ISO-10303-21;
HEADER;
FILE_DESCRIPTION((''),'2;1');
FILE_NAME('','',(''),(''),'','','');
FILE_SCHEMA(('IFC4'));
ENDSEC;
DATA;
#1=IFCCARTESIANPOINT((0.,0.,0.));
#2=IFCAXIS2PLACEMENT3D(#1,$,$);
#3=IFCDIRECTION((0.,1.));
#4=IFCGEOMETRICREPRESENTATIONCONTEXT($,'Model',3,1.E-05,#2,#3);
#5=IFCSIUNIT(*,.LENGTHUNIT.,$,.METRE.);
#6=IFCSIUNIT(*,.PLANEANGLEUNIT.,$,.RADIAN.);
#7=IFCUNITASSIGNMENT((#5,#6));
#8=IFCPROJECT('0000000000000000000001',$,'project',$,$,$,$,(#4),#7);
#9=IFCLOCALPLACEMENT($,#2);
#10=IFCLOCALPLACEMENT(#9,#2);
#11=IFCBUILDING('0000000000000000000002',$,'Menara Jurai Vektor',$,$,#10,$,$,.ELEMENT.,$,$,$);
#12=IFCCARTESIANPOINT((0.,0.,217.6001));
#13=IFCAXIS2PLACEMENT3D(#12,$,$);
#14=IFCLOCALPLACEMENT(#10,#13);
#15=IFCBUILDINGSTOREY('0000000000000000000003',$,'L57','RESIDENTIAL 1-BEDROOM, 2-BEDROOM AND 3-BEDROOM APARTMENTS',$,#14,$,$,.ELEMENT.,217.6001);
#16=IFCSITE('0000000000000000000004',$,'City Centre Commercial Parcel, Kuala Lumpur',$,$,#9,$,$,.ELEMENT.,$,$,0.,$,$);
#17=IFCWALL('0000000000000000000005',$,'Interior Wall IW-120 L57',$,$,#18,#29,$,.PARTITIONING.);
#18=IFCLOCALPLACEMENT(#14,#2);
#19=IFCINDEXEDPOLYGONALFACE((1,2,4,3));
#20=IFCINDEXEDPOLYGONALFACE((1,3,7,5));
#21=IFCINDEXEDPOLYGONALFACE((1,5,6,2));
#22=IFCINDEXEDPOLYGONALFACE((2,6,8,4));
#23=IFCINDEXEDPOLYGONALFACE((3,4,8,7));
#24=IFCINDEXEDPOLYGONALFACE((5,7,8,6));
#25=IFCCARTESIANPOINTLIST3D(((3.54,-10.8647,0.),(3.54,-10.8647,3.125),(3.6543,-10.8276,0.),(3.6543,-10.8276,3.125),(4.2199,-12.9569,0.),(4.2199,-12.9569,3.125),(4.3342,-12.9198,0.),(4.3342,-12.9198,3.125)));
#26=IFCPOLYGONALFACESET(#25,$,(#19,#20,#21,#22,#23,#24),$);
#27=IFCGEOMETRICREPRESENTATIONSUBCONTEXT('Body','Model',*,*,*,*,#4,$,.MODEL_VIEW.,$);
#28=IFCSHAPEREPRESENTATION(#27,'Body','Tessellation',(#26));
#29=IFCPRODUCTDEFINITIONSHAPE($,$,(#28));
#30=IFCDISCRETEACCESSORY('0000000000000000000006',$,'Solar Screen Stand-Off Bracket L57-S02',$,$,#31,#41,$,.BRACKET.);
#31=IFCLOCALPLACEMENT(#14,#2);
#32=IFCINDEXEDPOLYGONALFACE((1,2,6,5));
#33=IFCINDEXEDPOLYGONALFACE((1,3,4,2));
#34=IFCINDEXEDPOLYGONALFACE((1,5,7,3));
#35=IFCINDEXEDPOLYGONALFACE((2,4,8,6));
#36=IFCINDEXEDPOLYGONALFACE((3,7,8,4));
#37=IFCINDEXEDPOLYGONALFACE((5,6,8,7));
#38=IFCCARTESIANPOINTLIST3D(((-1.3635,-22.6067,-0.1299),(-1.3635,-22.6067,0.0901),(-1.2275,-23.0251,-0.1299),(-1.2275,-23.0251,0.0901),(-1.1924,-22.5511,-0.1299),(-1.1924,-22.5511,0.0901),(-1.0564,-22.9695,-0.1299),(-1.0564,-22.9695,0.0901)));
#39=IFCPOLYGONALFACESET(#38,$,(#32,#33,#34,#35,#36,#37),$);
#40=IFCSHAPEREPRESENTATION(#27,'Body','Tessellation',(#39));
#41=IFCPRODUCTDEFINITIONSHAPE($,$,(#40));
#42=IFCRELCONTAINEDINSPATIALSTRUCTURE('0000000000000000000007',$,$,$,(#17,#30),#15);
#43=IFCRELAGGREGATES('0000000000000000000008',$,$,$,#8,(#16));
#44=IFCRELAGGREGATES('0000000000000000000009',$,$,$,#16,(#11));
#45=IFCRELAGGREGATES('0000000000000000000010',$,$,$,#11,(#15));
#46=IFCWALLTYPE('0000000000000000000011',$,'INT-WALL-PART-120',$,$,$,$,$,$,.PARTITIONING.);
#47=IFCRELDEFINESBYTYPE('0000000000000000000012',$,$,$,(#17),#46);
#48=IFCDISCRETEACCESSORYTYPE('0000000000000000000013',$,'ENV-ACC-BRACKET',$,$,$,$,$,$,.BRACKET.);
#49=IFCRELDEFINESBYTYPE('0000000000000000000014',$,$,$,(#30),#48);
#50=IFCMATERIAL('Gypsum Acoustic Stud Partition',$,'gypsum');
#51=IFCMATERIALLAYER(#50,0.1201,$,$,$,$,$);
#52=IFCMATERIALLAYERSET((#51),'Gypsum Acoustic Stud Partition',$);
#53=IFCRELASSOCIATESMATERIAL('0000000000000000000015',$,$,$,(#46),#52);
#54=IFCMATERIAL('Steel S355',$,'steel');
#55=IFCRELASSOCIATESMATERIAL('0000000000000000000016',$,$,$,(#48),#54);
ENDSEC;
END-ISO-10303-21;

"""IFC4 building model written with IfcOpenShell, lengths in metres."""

from ifc_helpers import new_model, si_unit, direction, frame, frame_2d, origin, origin_2d, place, context, subcontext, project, spatial, rectangle, extrude, material, layer, layer_set, type_object, element, save


model = new_model("IFC4")

# Units and contexts
model_context = context("Model", 3, precision=1e-05, world=origin(), true_north=direction((0.0, 1.0)))
body_context = subcontext(model_context, "Body", "Model", "MODEL_VIEW")
ifc_project = project(units=[si_unit("LENGTHUNIT", "METRE"), si_unit("PLANEANGLEUNIT", "RADIAN")], contexts=[model_context])

# Site, building, storey
site_placement = place(None, origin())
site = spatial("IfcSite", under=ifc_project, at=site_placement, Name="City Centre Commercial Parcel, Kuala Lumpur", CompositionType="ELEMENT", RefElevation=0.0)
building_placement = place(site_placement, origin())
building = spatial("IfcBuilding", under=site, at=building_placement, Name="Menara Jurai Vektor", CompositionType="ELEMENT")
storey_placement = place(building_placement, frame((0.0, 0.0, 217.6001)))
storey = spatial("IfcBuildingStorey", under=building, at=storey_placement, Name="L57", Description="RESIDENTIAL 1-BEDROOM, 2-BEDROOM AND 3-BEDROOM APARTMENTS", CompositionType="ELEMENT", Elevation=217.6001)

# Shared definitions
ifc_material_1 = material(Name="Steel S355", Category="steel")

# Wall
ifc_material_2 = material(Name="Gypsum Acoustic Stud Partition", Category="gypsum")
ifc_layer_1 = layer(ifc_material_2, 0.1201)
ifc_layer_set_1 = layer_set([ifc_layer_1], Name="Gypsum Acoustic Stud Partition")
wall_type_1 = type_object("IfcWallType", Name="INT-WALL-PART-120", PredefinedType="PARTITIONING", material=ifc_layer_set_1)
for number, where, z_axis, x_axis, name in (
    (1, (4.2771, -12.9385, 0.0), (0.0, 0.0, 1.0), (-0.309061, 0.951042, 0.0), "Interior Wall IW-120 L57"),
):
    element("IfcWall", number, at=place(storey_placement, frame(where, z_axis=z_axis, x_axis=x_axis)), inside=storey, type_object=wall_type_1, Name=name, PredefinedType="PARTITIONING", context=body_context, shape_type="SweptSolid", body=[
        extrude(rectangle(XDim=2.2, YDim=0.1201, at=frame_2d((1.1001, 0.0))), origin(), (0.0, 0.0, 1.0), 3.125),
    ])

# Discrete accessory
discrete_accessory_type = type_object("IfcDiscreteAccessoryType", Name="ENV-ACC-BRACKET", PredefinedType="BRACKET", material=ifc_material_1)
discrete_accessory_placement = place(storey_placement, frame((-1.21, -22.7881, -0.1299), z_axis=(0.0, 0.0, 1.0), x_axis=(0.951057, 0.309017, 0.0)))
element("IfcDiscreteAccessory", 2, at=discrete_accessory_placement, inside=storey, type_object=discrete_accessory_type, Name="Solar Screen Stand-Off Bracket L57-S02", PredefinedType="BRACKET", context=body_context, shape_type="SweptSolid", body=[
    extrude(rectangle(XDim=0.1799, YDim=0.4399, at=origin_2d()), origin(), (0.0, 0.0, 1.0), 0.22),
])

save(model, "model.ifc")
